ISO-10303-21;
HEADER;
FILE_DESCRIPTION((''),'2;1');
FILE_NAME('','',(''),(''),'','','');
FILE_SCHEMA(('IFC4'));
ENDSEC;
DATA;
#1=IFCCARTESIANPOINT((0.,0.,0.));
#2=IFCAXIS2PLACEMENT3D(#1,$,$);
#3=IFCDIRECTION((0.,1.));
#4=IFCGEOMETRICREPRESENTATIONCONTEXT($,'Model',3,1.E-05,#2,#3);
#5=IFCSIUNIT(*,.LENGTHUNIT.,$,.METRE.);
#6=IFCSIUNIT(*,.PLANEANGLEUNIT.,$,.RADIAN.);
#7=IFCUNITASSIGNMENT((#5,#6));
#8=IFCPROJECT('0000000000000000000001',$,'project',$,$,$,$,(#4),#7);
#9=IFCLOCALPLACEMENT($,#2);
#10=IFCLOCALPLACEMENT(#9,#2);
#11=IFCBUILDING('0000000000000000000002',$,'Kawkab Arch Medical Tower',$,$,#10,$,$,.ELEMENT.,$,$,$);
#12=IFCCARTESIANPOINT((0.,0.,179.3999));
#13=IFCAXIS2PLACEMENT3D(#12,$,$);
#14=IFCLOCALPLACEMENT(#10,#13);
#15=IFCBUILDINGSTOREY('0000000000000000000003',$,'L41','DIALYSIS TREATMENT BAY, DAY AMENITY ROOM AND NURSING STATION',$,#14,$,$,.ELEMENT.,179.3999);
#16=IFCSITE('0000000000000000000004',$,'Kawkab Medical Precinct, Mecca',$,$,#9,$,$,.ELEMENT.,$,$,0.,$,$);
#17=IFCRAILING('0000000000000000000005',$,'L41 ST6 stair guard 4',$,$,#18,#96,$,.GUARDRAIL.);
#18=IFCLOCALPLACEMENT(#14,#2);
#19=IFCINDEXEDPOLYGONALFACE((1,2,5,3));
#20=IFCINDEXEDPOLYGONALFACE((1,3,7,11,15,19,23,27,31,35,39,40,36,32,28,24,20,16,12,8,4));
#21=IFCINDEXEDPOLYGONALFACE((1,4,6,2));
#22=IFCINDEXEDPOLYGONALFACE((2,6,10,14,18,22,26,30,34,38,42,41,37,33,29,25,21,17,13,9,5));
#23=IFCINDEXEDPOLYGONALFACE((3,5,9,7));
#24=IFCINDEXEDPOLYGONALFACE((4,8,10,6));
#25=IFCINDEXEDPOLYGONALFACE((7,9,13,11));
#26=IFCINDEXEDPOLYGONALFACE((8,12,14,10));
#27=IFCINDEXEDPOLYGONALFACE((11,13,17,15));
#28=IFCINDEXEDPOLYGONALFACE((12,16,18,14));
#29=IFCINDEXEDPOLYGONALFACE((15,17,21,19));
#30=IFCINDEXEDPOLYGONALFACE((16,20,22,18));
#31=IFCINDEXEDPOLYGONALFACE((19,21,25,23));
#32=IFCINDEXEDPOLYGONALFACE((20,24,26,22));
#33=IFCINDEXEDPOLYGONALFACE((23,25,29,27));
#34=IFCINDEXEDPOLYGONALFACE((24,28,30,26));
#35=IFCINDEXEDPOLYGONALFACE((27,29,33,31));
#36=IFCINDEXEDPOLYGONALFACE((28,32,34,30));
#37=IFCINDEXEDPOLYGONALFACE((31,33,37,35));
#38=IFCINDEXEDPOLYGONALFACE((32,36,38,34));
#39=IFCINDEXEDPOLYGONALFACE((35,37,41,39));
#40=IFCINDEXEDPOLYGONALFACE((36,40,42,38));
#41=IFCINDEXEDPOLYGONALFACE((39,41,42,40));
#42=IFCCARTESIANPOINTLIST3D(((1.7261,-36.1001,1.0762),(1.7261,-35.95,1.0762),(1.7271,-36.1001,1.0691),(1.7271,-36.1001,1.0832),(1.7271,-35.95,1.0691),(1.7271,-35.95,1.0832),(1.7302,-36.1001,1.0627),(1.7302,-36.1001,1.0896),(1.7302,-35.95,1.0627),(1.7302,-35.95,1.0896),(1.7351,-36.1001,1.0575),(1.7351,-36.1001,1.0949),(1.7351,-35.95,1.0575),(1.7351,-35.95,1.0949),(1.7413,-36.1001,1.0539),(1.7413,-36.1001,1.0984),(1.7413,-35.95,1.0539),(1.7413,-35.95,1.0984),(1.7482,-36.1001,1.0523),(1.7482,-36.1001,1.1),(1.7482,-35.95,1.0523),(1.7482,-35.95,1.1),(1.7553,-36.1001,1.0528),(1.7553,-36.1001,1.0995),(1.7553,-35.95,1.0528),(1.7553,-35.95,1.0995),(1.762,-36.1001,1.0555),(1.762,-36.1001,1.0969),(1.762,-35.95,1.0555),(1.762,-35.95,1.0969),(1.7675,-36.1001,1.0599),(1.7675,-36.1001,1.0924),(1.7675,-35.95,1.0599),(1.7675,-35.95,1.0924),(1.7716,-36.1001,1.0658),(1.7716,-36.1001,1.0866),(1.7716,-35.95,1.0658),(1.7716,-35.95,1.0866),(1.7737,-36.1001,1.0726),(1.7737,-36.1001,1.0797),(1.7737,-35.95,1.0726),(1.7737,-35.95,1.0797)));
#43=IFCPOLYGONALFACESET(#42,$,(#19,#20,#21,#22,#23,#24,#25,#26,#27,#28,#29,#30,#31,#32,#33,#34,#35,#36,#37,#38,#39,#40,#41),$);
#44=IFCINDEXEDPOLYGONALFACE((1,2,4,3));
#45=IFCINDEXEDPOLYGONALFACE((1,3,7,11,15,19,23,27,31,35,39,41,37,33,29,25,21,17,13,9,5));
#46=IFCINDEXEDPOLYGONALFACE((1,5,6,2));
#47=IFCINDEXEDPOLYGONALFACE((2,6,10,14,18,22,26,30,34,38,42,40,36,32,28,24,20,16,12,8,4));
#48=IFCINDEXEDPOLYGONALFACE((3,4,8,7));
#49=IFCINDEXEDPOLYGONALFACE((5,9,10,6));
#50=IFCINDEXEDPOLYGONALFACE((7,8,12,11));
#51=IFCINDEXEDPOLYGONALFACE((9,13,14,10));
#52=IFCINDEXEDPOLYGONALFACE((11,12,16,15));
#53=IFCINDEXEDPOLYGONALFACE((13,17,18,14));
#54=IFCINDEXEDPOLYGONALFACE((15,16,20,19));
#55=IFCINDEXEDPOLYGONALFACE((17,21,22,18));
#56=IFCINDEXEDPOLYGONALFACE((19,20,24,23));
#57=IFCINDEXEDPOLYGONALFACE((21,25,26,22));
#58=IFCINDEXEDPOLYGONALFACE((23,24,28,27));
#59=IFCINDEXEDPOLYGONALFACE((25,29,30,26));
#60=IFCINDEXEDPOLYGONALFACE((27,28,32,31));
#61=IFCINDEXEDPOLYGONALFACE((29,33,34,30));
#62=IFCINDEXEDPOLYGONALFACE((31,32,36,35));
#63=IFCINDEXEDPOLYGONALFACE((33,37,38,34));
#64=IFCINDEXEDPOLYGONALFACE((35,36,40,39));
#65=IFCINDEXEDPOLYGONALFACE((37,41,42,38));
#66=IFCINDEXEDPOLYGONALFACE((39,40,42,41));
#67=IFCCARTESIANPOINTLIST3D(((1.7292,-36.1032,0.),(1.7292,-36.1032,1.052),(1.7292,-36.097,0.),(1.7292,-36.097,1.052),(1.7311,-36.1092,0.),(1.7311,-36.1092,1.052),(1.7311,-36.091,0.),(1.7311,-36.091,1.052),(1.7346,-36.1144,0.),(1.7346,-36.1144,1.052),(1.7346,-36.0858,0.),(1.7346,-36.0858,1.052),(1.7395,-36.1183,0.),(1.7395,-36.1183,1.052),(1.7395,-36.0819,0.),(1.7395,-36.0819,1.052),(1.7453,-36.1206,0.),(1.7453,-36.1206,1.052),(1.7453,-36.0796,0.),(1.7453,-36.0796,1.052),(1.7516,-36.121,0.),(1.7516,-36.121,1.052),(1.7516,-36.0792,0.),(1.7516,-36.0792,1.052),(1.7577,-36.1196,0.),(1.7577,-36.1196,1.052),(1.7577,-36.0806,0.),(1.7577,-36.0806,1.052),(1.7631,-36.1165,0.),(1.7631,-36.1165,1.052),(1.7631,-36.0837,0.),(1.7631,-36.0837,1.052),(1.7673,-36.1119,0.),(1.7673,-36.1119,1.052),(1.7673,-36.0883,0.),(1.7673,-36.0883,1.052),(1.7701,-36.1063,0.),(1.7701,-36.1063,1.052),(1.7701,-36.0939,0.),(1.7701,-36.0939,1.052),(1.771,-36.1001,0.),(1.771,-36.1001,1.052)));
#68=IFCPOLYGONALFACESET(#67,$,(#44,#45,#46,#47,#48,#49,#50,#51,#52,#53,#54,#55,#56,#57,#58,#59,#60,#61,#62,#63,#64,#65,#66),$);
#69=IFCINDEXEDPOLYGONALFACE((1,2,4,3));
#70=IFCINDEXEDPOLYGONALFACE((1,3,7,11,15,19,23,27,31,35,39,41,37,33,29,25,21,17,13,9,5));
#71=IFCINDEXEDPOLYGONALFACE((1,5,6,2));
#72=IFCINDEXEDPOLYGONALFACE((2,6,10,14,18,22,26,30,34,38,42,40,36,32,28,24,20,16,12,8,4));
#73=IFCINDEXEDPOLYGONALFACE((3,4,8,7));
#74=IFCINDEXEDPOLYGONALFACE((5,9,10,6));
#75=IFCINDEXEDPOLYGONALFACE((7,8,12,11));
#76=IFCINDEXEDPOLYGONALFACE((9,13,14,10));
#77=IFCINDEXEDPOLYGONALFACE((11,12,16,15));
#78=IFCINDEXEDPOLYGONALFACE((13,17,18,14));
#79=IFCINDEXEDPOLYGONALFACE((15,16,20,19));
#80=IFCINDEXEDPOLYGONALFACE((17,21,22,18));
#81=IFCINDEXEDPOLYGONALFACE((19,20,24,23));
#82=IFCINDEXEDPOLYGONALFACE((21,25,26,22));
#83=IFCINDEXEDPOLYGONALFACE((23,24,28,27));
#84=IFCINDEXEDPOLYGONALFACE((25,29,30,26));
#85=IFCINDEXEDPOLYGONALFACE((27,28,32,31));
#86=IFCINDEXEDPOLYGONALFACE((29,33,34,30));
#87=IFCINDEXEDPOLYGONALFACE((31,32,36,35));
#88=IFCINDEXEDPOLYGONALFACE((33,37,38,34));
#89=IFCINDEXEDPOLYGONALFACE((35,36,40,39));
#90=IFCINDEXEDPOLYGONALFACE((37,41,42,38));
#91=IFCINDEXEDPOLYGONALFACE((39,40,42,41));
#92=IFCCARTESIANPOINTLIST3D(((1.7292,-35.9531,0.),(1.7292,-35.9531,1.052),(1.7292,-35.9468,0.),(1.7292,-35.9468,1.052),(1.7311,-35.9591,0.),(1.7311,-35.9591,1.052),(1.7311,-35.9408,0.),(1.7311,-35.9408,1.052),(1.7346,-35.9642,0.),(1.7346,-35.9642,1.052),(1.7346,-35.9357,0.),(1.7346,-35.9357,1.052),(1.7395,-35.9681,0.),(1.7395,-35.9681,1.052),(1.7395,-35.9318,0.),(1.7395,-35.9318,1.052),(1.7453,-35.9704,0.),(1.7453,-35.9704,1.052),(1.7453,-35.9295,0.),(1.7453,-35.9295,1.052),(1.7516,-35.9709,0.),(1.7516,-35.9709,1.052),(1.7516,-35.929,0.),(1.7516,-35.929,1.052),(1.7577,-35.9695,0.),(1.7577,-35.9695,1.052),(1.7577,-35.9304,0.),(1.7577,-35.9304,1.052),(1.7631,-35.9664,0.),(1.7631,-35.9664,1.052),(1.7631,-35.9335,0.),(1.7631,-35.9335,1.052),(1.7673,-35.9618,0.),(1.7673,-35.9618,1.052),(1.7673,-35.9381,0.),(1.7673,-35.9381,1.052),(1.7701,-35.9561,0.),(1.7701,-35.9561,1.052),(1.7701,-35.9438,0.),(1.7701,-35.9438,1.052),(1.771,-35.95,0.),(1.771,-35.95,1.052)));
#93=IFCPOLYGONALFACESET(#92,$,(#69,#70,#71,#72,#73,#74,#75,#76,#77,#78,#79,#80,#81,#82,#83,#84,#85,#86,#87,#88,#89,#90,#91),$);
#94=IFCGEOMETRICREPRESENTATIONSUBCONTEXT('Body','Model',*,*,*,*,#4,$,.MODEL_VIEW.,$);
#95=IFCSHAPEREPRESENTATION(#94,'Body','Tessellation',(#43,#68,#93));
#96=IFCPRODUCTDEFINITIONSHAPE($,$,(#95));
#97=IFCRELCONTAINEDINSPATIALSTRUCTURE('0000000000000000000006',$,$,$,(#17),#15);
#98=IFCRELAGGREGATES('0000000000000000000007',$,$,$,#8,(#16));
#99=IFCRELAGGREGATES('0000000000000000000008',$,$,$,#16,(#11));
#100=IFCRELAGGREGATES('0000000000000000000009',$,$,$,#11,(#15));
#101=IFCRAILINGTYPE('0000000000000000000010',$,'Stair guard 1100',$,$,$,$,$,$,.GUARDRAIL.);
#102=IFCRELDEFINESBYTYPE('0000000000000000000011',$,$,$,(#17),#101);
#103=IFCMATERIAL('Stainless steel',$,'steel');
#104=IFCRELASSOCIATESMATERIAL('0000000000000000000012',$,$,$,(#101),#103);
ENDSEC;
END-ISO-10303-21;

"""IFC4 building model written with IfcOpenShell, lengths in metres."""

from ifc_helpers import new_model, si_unit, direction, frame, origin, origin_2d, place, context, subcontext, project, spatial, circle, extrude, material, type_object, element, save


model = new_model("IFC4")

# Units and contexts
model_context = context("Model", 3, precision=1e-05, world=origin(), true_north=direction((0.0, 1.0)))
body_context = subcontext(model_context, "Body", "Model", "MODEL_VIEW")
ifc_project = project(units=[si_unit("LENGTHUNIT", "METRE"), si_unit("PLANEANGLEUNIT", "RADIAN")], contexts=[model_context])

# Site, building, storey
site_placement = place(None, origin())
site = spatial("IfcSite", under=ifc_project, at=site_placement, Name="Kawkab Medical Precinct, Mecca", CompositionType="ELEMENT", RefElevation=0.0)
building_placement = place(site_placement, origin())
building = spatial("IfcBuilding", under=site, at=building_placement, Name="Kawkab Arch Medical Tower", CompositionType="ELEMENT")
storey_placement = place(building_placement, frame((0.0, 0.0, 179.3999)))
storey = spatial("IfcBuildingStorey", under=building, at=storey_placement, Name="L41", Description="DIALYSIS TREATMENT BAY, DAY AMENITY ROOM AND NURSING STATION", CompositionType="ELEMENT", Elevation=179.3999)

# Railing
ifc_material_1 = material(Name="Stainless steel", Category="steel")
railing_type = type_object("IfcRailingType", Name="Stair guard 1100", PredefinedType="GUARDRAIL", material=ifc_material_1)
railing_1_placement = place(storey_placement, frame((1.75, -36.1001, 0.0)))
element("IfcRailing", 1, at=railing_1_placement, inside=storey, type_object=railing_type, Name="L41 ST6 stair guard 4", PredefinedType="GUARDRAIL", context=body_context, shape_type="SweptSolid", body=[
    extrude(circle(Radius=0.0239, at=origin_2d()), frame((0.0, 0.0, 1.0762), z_axis=(0.0, 1.0, 0.0), x_axis=(-1.0, 0.0, 0.0)), (0.0, 0.0, 1.0), 0.1501),
    extrude(circle(Radius=0.021, at=origin_2d()), origin(), (0.0, 0.0, 1.0), 1.052),
    extrude(circle(Radius=0.021, at=origin_2d()), frame((0.0, 0.1501, 0.0)), (0.0, 0.0, 1.0), 1.052),
])

save(model, "model.ifc")
